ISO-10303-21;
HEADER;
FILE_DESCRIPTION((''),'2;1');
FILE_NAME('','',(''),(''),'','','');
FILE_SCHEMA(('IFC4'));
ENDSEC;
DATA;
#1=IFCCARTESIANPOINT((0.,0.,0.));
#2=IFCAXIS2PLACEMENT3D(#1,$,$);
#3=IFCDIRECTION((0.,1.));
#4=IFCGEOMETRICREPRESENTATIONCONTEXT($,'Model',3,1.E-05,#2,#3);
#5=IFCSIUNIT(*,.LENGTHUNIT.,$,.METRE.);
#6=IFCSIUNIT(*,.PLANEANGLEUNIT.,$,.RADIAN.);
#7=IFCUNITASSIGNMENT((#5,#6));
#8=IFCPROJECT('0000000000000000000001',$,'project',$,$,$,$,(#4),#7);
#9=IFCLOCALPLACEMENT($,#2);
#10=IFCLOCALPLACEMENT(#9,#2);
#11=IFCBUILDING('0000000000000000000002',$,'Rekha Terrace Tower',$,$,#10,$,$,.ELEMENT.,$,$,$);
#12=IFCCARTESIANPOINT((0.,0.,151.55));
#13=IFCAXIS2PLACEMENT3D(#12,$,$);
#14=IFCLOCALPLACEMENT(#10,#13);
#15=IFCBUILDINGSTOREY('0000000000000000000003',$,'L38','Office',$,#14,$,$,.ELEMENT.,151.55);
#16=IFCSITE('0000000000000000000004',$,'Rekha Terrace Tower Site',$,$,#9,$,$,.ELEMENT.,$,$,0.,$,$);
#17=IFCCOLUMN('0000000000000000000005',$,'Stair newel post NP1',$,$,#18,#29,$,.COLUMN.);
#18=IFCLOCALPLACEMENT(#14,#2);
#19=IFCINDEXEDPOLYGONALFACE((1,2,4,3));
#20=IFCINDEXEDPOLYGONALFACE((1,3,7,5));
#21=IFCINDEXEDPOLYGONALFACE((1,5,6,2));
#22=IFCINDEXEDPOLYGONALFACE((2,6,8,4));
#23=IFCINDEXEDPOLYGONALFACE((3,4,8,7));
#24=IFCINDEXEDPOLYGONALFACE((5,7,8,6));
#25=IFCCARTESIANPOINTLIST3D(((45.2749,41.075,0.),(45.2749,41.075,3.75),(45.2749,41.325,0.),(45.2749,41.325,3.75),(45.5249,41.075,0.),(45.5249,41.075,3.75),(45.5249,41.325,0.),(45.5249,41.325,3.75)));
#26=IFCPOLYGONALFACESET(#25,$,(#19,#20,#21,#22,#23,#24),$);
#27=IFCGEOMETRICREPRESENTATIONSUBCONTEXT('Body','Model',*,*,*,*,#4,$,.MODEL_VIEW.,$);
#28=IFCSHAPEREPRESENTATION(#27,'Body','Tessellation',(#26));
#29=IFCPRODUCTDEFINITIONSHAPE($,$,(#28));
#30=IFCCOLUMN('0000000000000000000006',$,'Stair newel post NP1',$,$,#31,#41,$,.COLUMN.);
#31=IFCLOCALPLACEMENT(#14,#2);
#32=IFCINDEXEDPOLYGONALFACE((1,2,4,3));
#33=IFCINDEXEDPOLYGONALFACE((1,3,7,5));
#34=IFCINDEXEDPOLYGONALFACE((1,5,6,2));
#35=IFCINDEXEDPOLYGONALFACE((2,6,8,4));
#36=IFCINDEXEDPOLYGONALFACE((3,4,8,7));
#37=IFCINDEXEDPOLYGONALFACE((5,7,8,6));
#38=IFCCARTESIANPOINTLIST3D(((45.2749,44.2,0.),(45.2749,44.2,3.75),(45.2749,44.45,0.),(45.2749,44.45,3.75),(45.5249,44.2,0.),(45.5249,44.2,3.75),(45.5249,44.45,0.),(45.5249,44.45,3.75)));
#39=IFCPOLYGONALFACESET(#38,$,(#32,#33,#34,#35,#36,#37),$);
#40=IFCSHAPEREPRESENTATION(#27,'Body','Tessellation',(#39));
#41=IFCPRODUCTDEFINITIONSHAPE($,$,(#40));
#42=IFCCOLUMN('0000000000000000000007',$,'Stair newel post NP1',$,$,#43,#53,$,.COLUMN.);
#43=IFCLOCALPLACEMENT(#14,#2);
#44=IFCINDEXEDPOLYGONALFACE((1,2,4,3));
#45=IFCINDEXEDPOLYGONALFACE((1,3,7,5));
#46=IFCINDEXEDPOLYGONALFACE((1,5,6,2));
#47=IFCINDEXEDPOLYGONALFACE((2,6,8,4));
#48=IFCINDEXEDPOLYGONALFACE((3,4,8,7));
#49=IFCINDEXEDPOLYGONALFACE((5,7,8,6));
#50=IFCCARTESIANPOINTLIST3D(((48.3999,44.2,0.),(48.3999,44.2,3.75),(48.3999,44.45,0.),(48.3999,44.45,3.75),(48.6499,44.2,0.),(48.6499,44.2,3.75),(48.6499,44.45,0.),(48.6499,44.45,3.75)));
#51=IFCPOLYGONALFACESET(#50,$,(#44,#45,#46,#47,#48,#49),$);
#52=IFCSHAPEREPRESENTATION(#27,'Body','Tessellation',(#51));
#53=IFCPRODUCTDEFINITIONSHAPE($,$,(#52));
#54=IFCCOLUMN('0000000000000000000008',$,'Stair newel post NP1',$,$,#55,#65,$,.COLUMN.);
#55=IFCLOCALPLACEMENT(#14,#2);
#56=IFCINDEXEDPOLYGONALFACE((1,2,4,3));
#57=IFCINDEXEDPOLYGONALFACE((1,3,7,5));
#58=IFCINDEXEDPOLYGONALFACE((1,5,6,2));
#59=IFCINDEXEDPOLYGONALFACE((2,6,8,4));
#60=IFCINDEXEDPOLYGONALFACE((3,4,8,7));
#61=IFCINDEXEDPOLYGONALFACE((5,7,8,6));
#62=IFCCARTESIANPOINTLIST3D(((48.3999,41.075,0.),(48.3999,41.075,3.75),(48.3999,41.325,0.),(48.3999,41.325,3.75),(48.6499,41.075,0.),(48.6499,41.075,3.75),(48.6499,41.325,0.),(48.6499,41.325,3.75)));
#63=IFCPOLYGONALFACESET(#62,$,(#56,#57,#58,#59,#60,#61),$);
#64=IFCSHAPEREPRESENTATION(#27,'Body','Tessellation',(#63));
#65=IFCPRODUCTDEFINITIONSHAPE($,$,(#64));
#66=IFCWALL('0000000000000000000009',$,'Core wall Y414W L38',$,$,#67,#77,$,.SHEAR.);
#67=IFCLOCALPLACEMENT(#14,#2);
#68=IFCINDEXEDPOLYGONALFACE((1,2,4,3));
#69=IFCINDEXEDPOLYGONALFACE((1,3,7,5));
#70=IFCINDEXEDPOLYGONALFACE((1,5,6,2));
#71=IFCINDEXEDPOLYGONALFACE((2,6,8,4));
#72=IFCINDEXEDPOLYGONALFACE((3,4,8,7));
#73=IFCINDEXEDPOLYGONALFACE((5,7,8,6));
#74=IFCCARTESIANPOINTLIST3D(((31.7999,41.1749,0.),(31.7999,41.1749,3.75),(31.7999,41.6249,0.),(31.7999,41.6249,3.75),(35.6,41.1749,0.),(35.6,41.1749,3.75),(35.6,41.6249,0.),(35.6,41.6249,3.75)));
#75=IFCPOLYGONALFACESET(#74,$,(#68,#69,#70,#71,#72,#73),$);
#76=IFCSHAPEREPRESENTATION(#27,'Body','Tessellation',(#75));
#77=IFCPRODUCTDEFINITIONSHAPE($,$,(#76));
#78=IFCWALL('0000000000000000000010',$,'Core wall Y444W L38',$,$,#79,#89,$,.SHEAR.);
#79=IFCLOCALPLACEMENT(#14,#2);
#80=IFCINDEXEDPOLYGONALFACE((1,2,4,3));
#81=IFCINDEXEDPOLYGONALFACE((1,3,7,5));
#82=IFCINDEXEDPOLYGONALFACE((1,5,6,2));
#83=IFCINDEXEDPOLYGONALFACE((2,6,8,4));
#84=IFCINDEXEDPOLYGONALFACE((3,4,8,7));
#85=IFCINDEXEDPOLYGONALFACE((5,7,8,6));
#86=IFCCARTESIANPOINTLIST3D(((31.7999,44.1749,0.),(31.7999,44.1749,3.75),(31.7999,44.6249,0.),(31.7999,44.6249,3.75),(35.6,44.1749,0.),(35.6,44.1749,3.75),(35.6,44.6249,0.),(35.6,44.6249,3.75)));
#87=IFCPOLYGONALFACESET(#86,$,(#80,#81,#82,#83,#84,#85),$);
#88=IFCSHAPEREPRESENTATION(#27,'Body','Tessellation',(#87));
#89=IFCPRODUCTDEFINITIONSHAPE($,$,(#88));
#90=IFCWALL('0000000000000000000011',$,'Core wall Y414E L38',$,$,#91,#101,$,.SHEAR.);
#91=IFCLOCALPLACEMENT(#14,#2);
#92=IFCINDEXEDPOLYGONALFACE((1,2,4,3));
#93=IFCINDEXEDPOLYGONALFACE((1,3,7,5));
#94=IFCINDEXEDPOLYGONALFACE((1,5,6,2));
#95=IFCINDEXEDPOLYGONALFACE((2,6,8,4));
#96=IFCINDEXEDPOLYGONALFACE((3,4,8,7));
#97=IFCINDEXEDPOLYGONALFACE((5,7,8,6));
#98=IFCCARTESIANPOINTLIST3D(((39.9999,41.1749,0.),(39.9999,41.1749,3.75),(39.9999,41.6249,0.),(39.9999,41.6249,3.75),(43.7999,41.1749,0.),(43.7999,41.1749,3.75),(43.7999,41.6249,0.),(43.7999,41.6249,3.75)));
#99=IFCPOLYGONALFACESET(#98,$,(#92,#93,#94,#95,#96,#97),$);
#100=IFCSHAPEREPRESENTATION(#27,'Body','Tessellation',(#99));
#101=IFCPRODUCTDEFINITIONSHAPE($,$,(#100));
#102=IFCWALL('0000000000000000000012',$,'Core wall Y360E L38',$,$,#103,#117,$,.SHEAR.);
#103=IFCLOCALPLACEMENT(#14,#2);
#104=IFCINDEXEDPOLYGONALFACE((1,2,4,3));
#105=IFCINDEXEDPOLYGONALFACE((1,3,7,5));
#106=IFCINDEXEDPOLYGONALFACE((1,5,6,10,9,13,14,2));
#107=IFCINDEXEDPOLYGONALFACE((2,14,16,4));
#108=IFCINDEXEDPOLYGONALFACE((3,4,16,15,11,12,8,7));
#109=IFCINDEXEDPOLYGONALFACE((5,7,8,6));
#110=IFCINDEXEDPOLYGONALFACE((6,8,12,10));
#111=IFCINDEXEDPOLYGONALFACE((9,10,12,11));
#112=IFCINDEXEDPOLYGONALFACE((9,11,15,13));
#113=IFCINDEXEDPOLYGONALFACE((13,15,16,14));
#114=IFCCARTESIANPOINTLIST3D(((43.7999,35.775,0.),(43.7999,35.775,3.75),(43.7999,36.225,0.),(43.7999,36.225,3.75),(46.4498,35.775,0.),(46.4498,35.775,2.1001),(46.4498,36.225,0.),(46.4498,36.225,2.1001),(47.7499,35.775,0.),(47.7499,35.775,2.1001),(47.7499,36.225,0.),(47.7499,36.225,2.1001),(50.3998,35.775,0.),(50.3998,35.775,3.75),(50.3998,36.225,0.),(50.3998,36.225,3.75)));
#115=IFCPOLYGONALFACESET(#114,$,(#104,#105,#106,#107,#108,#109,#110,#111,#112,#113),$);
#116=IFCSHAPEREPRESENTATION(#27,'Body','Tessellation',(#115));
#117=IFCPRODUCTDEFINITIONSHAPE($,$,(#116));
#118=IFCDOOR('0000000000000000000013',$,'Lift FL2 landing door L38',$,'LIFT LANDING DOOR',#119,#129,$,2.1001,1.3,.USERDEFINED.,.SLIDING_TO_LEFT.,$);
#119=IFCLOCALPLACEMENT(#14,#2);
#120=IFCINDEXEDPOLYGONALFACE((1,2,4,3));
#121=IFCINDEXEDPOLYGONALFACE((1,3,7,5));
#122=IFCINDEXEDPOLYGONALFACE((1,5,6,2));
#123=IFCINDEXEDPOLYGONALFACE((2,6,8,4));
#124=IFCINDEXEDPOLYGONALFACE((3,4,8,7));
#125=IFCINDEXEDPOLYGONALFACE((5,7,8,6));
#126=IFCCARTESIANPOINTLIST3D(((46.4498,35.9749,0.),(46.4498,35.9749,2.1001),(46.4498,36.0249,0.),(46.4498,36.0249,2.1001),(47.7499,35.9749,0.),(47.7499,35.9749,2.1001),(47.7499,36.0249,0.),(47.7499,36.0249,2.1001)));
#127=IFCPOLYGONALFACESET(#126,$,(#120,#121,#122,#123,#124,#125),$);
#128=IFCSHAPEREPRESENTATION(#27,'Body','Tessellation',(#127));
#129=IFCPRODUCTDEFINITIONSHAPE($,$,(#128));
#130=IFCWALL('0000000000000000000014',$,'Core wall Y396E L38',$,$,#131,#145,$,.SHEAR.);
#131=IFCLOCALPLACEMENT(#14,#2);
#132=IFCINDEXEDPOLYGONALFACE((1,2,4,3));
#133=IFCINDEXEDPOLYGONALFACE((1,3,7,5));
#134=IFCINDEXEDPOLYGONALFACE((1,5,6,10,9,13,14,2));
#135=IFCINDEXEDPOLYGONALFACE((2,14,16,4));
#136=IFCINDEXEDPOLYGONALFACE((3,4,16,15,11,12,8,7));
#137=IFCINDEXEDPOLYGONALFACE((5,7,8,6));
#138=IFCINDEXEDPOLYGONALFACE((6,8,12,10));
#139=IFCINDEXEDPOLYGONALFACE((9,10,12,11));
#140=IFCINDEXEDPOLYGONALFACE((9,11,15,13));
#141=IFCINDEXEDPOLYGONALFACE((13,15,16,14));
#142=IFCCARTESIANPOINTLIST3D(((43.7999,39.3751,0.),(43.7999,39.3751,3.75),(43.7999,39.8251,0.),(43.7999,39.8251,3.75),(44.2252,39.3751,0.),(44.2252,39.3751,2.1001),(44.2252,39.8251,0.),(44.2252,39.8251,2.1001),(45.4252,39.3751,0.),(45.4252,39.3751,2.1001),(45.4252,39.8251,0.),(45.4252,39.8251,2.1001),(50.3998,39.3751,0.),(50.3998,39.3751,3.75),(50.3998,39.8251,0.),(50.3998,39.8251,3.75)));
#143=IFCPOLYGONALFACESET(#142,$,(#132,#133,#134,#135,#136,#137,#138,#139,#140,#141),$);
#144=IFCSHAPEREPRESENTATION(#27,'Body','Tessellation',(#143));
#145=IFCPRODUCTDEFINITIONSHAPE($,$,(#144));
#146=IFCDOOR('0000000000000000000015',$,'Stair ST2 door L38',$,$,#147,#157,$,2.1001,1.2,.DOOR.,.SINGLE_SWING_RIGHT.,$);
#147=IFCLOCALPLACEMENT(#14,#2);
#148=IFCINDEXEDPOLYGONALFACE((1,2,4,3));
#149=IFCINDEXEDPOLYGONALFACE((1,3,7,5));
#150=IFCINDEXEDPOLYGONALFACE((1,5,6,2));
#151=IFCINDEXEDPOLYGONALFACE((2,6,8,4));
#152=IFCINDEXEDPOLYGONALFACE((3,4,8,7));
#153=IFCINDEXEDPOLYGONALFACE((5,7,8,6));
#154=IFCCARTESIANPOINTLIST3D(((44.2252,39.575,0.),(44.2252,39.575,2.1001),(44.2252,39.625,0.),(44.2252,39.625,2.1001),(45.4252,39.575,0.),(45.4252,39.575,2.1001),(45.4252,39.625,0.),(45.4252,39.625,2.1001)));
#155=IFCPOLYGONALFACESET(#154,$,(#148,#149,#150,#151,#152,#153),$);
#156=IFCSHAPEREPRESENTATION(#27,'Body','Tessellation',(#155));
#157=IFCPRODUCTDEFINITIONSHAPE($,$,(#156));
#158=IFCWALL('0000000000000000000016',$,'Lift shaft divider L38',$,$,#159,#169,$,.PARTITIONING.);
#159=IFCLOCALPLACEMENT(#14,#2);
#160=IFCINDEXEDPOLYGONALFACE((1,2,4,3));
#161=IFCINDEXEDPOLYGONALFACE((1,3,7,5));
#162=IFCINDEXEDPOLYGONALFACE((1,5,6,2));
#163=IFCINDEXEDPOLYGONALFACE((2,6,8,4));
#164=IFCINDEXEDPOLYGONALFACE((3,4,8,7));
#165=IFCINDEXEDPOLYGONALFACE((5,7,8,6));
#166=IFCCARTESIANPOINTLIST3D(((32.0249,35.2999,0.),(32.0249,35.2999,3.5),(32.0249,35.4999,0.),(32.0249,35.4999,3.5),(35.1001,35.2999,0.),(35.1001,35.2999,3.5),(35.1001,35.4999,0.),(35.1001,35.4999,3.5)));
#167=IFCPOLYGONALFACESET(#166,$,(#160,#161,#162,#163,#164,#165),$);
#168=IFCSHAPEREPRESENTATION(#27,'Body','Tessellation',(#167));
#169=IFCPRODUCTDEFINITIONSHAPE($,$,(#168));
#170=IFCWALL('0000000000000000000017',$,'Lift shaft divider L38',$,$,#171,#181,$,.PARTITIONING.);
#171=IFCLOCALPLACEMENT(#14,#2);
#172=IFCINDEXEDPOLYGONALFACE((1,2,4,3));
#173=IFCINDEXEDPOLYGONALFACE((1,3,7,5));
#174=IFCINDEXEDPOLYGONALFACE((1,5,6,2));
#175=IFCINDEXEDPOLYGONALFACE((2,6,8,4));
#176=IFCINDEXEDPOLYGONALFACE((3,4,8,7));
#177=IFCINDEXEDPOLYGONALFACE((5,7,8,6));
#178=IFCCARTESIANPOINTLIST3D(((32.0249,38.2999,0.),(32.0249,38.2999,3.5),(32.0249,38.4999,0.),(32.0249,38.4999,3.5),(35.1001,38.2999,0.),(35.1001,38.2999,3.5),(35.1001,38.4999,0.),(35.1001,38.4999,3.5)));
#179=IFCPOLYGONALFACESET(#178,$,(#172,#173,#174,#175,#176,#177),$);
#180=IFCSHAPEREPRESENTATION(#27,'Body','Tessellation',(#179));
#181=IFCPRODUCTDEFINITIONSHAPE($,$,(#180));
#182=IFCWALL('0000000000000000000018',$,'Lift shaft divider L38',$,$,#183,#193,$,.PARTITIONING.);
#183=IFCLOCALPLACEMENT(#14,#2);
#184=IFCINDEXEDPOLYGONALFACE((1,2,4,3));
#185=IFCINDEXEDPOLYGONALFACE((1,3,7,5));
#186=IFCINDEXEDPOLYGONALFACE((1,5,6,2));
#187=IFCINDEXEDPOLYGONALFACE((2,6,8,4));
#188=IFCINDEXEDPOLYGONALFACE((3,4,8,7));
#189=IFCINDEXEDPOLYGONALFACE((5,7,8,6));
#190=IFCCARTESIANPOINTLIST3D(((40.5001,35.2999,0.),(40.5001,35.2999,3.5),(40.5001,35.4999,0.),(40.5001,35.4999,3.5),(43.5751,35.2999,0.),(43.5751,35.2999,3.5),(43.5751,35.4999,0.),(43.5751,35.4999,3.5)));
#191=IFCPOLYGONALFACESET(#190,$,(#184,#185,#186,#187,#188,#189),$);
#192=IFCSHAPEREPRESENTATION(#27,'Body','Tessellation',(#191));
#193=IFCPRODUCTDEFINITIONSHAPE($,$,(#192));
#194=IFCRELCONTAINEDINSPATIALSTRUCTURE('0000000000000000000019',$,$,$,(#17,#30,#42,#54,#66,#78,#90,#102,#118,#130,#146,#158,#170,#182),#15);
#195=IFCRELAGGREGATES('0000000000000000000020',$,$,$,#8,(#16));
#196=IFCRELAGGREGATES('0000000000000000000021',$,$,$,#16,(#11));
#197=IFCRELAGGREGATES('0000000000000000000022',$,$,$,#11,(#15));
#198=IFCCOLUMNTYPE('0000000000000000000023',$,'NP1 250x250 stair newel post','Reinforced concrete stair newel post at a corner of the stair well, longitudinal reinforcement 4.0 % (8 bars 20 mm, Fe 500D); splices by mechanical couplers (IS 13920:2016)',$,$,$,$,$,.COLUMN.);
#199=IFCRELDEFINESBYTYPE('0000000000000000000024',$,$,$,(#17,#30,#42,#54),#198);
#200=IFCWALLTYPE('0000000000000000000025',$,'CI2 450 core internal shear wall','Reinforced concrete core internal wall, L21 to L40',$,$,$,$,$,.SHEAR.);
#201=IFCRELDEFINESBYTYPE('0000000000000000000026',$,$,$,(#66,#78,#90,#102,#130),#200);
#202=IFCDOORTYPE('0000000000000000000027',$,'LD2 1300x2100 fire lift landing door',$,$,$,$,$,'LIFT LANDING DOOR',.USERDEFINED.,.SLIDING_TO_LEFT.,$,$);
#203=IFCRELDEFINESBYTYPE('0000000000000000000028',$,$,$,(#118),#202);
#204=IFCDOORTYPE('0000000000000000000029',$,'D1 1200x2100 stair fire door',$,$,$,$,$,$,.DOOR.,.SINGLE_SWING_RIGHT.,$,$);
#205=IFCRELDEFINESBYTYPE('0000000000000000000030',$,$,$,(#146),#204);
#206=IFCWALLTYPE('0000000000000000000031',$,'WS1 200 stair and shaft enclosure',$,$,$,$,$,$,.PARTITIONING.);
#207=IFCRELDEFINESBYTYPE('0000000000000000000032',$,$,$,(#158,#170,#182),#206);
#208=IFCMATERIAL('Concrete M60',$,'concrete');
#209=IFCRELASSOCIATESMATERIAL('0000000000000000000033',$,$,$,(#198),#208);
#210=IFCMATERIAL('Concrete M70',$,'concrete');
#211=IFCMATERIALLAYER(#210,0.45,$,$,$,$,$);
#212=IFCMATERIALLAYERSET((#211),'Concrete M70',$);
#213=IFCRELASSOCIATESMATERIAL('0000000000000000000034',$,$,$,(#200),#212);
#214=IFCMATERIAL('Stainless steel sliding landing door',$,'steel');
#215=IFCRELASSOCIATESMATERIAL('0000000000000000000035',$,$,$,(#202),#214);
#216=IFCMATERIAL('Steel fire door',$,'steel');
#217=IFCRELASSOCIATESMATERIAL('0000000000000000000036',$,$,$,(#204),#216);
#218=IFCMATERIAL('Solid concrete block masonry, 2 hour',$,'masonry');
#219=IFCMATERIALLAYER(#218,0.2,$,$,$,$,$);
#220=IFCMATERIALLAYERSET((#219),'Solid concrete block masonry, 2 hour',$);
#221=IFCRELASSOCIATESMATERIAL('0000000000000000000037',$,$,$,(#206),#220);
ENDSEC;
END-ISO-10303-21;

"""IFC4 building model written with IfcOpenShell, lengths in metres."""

from ifc_helpers import new_model, si_unit, direction, frame, frame_2d, origin, origin_2d, place, context, subcontext, project, spatial, rectangle, extrude, material, layer, layer_set, material_profile, profile_set, type_object, element, fill, save


model = new_model("IFC4")

# Units and contexts
model_context = context("Model", 3, precision=1e-05, world=origin(), true_north=direction((0.0, 1.0)))
body_context = subcontext(model_context, "Body", "Model", "MODEL_VIEW")
ifc_project = project(units=[si_unit("LENGTHUNIT", "METRE"), si_unit("PLANEANGLEUNIT", "RADIAN")], contexts=[model_context])

# Site, building, storey
site_placement = place(None, origin())
site = spatial("IfcSite", under=ifc_project, at=site_placement, Name="Rekha Terrace Tower Site", CompositionType="ELEMENT", RefElevation=0.0)
building_placement = place(site_placement, origin())
building = spatial("IfcBuilding", under=site, at=building_placement, Name="Rekha Terrace Tower", CompositionType="ELEMENT")
storey_placement = place(building_placement, frame((0.0, 0.0, 151.55)))
storey = spatial("IfcBuildingStorey", under=building, at=storey_placement, Name="L38", Description="Office", CompositionType="ELEMENT", Elevation=151.55)

# Columns
ifc_material_1 = material(Name="Concrete M60", Category="concrete")
ifc_material_profile = material_profile(ifc_material_1, rectangle(XDim=0.25, YDim=0.25, at=origin_2d()), Name="RC 250x250")
ifc_profile_set = profile_set([ifc_material_profile], Name="Concrete M60")
column_type = type_object("IfcColumnType", Name="NP1 250x250 stair newel post", Description="Reinforced concrete stair newel post at a corner of the stair well, longitudinal reinforcement 4.0 % (8 bars 20 mm, Fe 500D); splices by mechanical couplers (IS 13920:2016)", PredefinedType="COLUMN", material=ifc_profile_set)
for number, where, z_axis, x_axis, name in (
    (1, (45.3999, 41.2, 0.0), (0.0, 0.0, 1.0), (1.0, 0.0, 0.0), "Stair newel post NP1"),
    (2, (45.3999, 44.325, 0.0), (0.0, 0.0, 1.0), (1.0, 0.0, 0.0), "Stair newel post NP1"),
    (3, (48.5249, 44.325, 0.0), (0.0, 0.0, 1.0), (1.0, 0.0, 0.0), "Stair newel post NP1"),
    (4, (48.5249, 41.2, 0.0), (0.0, 0.0, 1.0), (1.0, 0.0, 0.0), "Stair newel post NP1"),
):
    element("IfcColumn", number, at=place(storey_placement, frame(where, z_axis=z_axis, x_axis=x_axis)), inside=storey, type_object=column_type, Name=name, PredefinedType="COLUMN", context=body_context, shape_type="SweptSolid", body=[
        extrude(rectangle(XDim=0.25, YDim=0.25, at=origin_2d()), origin(), (0.0, 0.0, 1.0), 3.75),
    ])

# Walls
ifc_material_2 = material(Name="Concrete M70", Category="concrete")
ifc_layer_1 = layer(ifc_material_2, 0.45)
ifc_layer_set_1 = layer_set([ifc_layer_1], Name="Concrete M70")
wall_type_1 = type_object("IfcWallType", Name="CI2 450 core internal shear wall", Description="Reinforced concrete core internal wall, L21 to L40", PredefinedType="SHEAR", material=ifc_layer_set_1)
for number, where, z_axis, x_axis, name in (
    (5, (31.8, 41.3999, 0.0), (0.0, 0.0, 1.0), (1.0, 0.0, 0.0), "Core wall Y414W L38"),
    (6, (31.8, 44.3999, 0.0), (0.0, 0.0, 1.0), (1.0, 0.0, 0.0), "Core wall Y444W L38"),
    (7, (40.0, 41.3999, 0.0), (0.0, 0.0, 1.0), (1.0, 0.0, 0.0), "Core wall Y414E L38"),
):
    element("IfcWall", number, at=place(storey_placement, frame(where, z_axis=z_axis, x_axis=x_axis)), inside=storey, type_object=wall_type_1, Name=name, PredefinedType="SHEAR", context=body_context, shape_type="SweptSolid", body=[
        extrude(rectangle(XDim=3.8, YDim=0.45, at=frame_2d((1.8999, 0.0))), origin(), (0.0, 0.0, 1.0), 3.75),
    ])

# Walls, openings, doors
wall_1_placement = place(storey_placement, frame((43.8, 36.0, 0.0), z_axis=(0.0, 0.0, 1.0), x_axis=(1.0, 0.0, 0.0)))
wall_1 = element("IfcWall", 8, at=wall_1_placement, inside=storey, type_object=wall_type_1, Name="Core wall Y360E L38", PredefinedType="SHEAR", context=body_context, shape_type="SweptSolid", body=[
    extrude(rectangle(XDim=6.5999, YDim=0.45, at=frame_2d((3.2998, 0.0))), origin(), (0.0, 0.0, 1.0), 3.75),
])
opening_1_placement = place(wall_1_placement, frame((2.6499, 0.0, 0.0)))
opening_1 = element("IfcOpeningElement", 9, at=opening_1_placement, cuts=wall_1, PredefinedType="OPENING", context=body_context, shape_type="SweptSolid", body=[
    extrude(rectangle(XDim=1.3, YDim=2.1001, at=frame_2d((0.6499, 1.05))), frame((0.0, 0.2349, 0.0), z_axis=(0.0, -1.0, 0.0), x_axis=(1.0, 0.0, 0.0)), (0.0, 0.0, 1.0), 0.47),
])
ifc_material_3 = material(Name="Stainless steel sliding landing door", Category="steel")
door_type_1 = type_object("IfcDoorType", Name="LD2 1300x2100 fire lift landing door", ElementType="LIFT LANDING DOOR", OperationType="SLIDING_TO_LEFT", PredefinedType="USERDEFINED", material=ifc_material_3)
door_1_placement = place(opening_1_placement, origin())
door_1 = element("IfcDoor", 10, at=door_1_placement, inside=storey, type_object=door_type_1, Name="Lift FL2 landing door L38", ObjectType="LIFT LANDING DOOR", OperationType="SLIDING_TO_LEFT", OverallHeight=2.1001, OverallWidth=1.3, PredefinedType="USERDEFINED", context=body_context, shape_type="SweptSolid", body=[
    extrude(rectangle(XDim=1.3, YDim=2.1001, at=frame_2d((0.6499, 1.05))), frame((0.0, 0.0249, 0.0), z_axis=(0.0, -1.0, 0.0), x_axis=(1.0, 0.0, 0.0)), (0.0, 0.0, 1.0), 0.05),
])
fill(opening_1, door_1)
wall_2_placement = place(storey_placement, frame((43.8, 39.6001, 0.0), z_axis=(0.0, 0.0, 1.0), x_axis=(1.0, 0.0, 0.0)))
wall_2 = element("IfcWall", 11, at=wall_2_placement, inside=storey, type_object=wall_type_1, Name="Core wall Y396E L38", PredefinedType="SHEAR", context=body_context, shape_type="SweptSolid", body=[
    extrude(rectangle(XDim=6.5999, YDim=0.45, at=frame_2d((3.2998, 0.0))), origin(), (0.0, 0.0, 1.0), 3.75),
])
opening_2_placement = place(wall_2_placement, frame((0.425, 0.0, 0.0)))
opening_2 = element("IfcOpeningElement", 12, at=opening_2_placement, cuts=wall_2, PredefinedType="OPENING", context=body_context, shape_type="SweptSolid", body=[
    extrude(rectangle(XDim=1.2, YDim=2.1001, at=frame_2d((0.6001, 1.05))), frame((0.0, 0.2349, 0.0), z_axis=(0.0, -1.0, 0.0), x_axis=(1.0, 0.0, 0.0)), (0.0, 0.0, 1.0), 0.47),
])
ifc_material_4 = material(Name="Steel fire door", Category="steel")
door_type_2 = type_object("IfcDoorType", Name="D1 1200x2100 stair fire door", OperationType="SINGLE_SWING_RIGHT", PredefinedType="DOOR", material=ifc_material_4)
door_2_placement = place(opening_2_placement, origin())
door_2 = element("IfcDoor", 13, at=door_2_placement, inside=storey, type_object=door_type_2, Name="Stair ST2 door L38", OperationType="SINGLE_SWING_RIGHT", OverallHeight=2.1001, OverallWidth=1.2, PredefinedType="DOOR", context=body_context, shape_type="SweptSolid", body=[
    extrude(rectangle(XDim=1.2, YDim=2.1001, at=frame_2d((0.6001, 1.05))), frame((0.0, 0.0249, 0.0), z_axis=(0.0, -1.0, 0.0), x_axis=(1.0, 0.0, 0.0)), (0.0, 0.0, 1.0), 0.05),
])
fill(opening_2, door_2)

# Walls
ifc_material_5 = material(Name="Solid concrete block masonry, 2 hour", Category="masonry")
ifc_layer_2 = layer(ifc_material_5, 0.2)
ifc_layer_set_2 = layer_set([ifc_layer_2], Name="Solid concrete block masonry, 2 hour")
wall_type_2 = type_object("IfcWallType", Name="WS1 200 stair and shaft enclosure", PredefinedType="PARTITIONING", material=ifc_layer_set_2)
for number, where, z_axis, x_axis, name in (
    (14, (32.0249, 35.3999, 0.0), (0.0, 0.0, 1.0), (1.0, 0.0, 0.0), "Lift shaft divider L38"),
    (15, (32.0249, 38.3999, 0.0), (0.0, 0.0, 1.0), (1.0, 0.0, 0.0), "Lift shaft divider L38"),
):
    element("IfcWall", number, at=place(storey_placement, frame(where, z_axis=z_axis, x_axis=x_axis)), inside=storey, type_object=wall_type_2, Name=name, PredefinedType="PARTITIONING", context=body_context, shape_type="SweptSolid", body=[
        extrude(rectangle(XDim=3.0752, YDim=0.2, at=frame_2d((1.5376, 0.0))), origin(), (0.0, 0.0, 1.0), 3.5),
    ])
for number, where, z_axis, x_axis, name in (
    (16, (40.5, 35.3999, 0.0), (0.0, 0.0, 1.0), (1.0, 0.0, 0.0), "Lift shaft divider L38"),
):
    element("IfcWall", number, at=place(storey_placement, frame(where, z_axis=z_axis, x_axis=x_axis)), inside=storey, type_object=wall_type_2, Name=name, PredefinedType="PARTITIONING", context=body_context, shape_type="SweptSolid", body=[
        extrude(rectangle(XDim=3.075, YDim=0.2, at=frame_2d((1.5376, 0.0))), origin(), (0.0, 0.0, 1.0), 3.5),
    ])

save(model, "model.ifc")
